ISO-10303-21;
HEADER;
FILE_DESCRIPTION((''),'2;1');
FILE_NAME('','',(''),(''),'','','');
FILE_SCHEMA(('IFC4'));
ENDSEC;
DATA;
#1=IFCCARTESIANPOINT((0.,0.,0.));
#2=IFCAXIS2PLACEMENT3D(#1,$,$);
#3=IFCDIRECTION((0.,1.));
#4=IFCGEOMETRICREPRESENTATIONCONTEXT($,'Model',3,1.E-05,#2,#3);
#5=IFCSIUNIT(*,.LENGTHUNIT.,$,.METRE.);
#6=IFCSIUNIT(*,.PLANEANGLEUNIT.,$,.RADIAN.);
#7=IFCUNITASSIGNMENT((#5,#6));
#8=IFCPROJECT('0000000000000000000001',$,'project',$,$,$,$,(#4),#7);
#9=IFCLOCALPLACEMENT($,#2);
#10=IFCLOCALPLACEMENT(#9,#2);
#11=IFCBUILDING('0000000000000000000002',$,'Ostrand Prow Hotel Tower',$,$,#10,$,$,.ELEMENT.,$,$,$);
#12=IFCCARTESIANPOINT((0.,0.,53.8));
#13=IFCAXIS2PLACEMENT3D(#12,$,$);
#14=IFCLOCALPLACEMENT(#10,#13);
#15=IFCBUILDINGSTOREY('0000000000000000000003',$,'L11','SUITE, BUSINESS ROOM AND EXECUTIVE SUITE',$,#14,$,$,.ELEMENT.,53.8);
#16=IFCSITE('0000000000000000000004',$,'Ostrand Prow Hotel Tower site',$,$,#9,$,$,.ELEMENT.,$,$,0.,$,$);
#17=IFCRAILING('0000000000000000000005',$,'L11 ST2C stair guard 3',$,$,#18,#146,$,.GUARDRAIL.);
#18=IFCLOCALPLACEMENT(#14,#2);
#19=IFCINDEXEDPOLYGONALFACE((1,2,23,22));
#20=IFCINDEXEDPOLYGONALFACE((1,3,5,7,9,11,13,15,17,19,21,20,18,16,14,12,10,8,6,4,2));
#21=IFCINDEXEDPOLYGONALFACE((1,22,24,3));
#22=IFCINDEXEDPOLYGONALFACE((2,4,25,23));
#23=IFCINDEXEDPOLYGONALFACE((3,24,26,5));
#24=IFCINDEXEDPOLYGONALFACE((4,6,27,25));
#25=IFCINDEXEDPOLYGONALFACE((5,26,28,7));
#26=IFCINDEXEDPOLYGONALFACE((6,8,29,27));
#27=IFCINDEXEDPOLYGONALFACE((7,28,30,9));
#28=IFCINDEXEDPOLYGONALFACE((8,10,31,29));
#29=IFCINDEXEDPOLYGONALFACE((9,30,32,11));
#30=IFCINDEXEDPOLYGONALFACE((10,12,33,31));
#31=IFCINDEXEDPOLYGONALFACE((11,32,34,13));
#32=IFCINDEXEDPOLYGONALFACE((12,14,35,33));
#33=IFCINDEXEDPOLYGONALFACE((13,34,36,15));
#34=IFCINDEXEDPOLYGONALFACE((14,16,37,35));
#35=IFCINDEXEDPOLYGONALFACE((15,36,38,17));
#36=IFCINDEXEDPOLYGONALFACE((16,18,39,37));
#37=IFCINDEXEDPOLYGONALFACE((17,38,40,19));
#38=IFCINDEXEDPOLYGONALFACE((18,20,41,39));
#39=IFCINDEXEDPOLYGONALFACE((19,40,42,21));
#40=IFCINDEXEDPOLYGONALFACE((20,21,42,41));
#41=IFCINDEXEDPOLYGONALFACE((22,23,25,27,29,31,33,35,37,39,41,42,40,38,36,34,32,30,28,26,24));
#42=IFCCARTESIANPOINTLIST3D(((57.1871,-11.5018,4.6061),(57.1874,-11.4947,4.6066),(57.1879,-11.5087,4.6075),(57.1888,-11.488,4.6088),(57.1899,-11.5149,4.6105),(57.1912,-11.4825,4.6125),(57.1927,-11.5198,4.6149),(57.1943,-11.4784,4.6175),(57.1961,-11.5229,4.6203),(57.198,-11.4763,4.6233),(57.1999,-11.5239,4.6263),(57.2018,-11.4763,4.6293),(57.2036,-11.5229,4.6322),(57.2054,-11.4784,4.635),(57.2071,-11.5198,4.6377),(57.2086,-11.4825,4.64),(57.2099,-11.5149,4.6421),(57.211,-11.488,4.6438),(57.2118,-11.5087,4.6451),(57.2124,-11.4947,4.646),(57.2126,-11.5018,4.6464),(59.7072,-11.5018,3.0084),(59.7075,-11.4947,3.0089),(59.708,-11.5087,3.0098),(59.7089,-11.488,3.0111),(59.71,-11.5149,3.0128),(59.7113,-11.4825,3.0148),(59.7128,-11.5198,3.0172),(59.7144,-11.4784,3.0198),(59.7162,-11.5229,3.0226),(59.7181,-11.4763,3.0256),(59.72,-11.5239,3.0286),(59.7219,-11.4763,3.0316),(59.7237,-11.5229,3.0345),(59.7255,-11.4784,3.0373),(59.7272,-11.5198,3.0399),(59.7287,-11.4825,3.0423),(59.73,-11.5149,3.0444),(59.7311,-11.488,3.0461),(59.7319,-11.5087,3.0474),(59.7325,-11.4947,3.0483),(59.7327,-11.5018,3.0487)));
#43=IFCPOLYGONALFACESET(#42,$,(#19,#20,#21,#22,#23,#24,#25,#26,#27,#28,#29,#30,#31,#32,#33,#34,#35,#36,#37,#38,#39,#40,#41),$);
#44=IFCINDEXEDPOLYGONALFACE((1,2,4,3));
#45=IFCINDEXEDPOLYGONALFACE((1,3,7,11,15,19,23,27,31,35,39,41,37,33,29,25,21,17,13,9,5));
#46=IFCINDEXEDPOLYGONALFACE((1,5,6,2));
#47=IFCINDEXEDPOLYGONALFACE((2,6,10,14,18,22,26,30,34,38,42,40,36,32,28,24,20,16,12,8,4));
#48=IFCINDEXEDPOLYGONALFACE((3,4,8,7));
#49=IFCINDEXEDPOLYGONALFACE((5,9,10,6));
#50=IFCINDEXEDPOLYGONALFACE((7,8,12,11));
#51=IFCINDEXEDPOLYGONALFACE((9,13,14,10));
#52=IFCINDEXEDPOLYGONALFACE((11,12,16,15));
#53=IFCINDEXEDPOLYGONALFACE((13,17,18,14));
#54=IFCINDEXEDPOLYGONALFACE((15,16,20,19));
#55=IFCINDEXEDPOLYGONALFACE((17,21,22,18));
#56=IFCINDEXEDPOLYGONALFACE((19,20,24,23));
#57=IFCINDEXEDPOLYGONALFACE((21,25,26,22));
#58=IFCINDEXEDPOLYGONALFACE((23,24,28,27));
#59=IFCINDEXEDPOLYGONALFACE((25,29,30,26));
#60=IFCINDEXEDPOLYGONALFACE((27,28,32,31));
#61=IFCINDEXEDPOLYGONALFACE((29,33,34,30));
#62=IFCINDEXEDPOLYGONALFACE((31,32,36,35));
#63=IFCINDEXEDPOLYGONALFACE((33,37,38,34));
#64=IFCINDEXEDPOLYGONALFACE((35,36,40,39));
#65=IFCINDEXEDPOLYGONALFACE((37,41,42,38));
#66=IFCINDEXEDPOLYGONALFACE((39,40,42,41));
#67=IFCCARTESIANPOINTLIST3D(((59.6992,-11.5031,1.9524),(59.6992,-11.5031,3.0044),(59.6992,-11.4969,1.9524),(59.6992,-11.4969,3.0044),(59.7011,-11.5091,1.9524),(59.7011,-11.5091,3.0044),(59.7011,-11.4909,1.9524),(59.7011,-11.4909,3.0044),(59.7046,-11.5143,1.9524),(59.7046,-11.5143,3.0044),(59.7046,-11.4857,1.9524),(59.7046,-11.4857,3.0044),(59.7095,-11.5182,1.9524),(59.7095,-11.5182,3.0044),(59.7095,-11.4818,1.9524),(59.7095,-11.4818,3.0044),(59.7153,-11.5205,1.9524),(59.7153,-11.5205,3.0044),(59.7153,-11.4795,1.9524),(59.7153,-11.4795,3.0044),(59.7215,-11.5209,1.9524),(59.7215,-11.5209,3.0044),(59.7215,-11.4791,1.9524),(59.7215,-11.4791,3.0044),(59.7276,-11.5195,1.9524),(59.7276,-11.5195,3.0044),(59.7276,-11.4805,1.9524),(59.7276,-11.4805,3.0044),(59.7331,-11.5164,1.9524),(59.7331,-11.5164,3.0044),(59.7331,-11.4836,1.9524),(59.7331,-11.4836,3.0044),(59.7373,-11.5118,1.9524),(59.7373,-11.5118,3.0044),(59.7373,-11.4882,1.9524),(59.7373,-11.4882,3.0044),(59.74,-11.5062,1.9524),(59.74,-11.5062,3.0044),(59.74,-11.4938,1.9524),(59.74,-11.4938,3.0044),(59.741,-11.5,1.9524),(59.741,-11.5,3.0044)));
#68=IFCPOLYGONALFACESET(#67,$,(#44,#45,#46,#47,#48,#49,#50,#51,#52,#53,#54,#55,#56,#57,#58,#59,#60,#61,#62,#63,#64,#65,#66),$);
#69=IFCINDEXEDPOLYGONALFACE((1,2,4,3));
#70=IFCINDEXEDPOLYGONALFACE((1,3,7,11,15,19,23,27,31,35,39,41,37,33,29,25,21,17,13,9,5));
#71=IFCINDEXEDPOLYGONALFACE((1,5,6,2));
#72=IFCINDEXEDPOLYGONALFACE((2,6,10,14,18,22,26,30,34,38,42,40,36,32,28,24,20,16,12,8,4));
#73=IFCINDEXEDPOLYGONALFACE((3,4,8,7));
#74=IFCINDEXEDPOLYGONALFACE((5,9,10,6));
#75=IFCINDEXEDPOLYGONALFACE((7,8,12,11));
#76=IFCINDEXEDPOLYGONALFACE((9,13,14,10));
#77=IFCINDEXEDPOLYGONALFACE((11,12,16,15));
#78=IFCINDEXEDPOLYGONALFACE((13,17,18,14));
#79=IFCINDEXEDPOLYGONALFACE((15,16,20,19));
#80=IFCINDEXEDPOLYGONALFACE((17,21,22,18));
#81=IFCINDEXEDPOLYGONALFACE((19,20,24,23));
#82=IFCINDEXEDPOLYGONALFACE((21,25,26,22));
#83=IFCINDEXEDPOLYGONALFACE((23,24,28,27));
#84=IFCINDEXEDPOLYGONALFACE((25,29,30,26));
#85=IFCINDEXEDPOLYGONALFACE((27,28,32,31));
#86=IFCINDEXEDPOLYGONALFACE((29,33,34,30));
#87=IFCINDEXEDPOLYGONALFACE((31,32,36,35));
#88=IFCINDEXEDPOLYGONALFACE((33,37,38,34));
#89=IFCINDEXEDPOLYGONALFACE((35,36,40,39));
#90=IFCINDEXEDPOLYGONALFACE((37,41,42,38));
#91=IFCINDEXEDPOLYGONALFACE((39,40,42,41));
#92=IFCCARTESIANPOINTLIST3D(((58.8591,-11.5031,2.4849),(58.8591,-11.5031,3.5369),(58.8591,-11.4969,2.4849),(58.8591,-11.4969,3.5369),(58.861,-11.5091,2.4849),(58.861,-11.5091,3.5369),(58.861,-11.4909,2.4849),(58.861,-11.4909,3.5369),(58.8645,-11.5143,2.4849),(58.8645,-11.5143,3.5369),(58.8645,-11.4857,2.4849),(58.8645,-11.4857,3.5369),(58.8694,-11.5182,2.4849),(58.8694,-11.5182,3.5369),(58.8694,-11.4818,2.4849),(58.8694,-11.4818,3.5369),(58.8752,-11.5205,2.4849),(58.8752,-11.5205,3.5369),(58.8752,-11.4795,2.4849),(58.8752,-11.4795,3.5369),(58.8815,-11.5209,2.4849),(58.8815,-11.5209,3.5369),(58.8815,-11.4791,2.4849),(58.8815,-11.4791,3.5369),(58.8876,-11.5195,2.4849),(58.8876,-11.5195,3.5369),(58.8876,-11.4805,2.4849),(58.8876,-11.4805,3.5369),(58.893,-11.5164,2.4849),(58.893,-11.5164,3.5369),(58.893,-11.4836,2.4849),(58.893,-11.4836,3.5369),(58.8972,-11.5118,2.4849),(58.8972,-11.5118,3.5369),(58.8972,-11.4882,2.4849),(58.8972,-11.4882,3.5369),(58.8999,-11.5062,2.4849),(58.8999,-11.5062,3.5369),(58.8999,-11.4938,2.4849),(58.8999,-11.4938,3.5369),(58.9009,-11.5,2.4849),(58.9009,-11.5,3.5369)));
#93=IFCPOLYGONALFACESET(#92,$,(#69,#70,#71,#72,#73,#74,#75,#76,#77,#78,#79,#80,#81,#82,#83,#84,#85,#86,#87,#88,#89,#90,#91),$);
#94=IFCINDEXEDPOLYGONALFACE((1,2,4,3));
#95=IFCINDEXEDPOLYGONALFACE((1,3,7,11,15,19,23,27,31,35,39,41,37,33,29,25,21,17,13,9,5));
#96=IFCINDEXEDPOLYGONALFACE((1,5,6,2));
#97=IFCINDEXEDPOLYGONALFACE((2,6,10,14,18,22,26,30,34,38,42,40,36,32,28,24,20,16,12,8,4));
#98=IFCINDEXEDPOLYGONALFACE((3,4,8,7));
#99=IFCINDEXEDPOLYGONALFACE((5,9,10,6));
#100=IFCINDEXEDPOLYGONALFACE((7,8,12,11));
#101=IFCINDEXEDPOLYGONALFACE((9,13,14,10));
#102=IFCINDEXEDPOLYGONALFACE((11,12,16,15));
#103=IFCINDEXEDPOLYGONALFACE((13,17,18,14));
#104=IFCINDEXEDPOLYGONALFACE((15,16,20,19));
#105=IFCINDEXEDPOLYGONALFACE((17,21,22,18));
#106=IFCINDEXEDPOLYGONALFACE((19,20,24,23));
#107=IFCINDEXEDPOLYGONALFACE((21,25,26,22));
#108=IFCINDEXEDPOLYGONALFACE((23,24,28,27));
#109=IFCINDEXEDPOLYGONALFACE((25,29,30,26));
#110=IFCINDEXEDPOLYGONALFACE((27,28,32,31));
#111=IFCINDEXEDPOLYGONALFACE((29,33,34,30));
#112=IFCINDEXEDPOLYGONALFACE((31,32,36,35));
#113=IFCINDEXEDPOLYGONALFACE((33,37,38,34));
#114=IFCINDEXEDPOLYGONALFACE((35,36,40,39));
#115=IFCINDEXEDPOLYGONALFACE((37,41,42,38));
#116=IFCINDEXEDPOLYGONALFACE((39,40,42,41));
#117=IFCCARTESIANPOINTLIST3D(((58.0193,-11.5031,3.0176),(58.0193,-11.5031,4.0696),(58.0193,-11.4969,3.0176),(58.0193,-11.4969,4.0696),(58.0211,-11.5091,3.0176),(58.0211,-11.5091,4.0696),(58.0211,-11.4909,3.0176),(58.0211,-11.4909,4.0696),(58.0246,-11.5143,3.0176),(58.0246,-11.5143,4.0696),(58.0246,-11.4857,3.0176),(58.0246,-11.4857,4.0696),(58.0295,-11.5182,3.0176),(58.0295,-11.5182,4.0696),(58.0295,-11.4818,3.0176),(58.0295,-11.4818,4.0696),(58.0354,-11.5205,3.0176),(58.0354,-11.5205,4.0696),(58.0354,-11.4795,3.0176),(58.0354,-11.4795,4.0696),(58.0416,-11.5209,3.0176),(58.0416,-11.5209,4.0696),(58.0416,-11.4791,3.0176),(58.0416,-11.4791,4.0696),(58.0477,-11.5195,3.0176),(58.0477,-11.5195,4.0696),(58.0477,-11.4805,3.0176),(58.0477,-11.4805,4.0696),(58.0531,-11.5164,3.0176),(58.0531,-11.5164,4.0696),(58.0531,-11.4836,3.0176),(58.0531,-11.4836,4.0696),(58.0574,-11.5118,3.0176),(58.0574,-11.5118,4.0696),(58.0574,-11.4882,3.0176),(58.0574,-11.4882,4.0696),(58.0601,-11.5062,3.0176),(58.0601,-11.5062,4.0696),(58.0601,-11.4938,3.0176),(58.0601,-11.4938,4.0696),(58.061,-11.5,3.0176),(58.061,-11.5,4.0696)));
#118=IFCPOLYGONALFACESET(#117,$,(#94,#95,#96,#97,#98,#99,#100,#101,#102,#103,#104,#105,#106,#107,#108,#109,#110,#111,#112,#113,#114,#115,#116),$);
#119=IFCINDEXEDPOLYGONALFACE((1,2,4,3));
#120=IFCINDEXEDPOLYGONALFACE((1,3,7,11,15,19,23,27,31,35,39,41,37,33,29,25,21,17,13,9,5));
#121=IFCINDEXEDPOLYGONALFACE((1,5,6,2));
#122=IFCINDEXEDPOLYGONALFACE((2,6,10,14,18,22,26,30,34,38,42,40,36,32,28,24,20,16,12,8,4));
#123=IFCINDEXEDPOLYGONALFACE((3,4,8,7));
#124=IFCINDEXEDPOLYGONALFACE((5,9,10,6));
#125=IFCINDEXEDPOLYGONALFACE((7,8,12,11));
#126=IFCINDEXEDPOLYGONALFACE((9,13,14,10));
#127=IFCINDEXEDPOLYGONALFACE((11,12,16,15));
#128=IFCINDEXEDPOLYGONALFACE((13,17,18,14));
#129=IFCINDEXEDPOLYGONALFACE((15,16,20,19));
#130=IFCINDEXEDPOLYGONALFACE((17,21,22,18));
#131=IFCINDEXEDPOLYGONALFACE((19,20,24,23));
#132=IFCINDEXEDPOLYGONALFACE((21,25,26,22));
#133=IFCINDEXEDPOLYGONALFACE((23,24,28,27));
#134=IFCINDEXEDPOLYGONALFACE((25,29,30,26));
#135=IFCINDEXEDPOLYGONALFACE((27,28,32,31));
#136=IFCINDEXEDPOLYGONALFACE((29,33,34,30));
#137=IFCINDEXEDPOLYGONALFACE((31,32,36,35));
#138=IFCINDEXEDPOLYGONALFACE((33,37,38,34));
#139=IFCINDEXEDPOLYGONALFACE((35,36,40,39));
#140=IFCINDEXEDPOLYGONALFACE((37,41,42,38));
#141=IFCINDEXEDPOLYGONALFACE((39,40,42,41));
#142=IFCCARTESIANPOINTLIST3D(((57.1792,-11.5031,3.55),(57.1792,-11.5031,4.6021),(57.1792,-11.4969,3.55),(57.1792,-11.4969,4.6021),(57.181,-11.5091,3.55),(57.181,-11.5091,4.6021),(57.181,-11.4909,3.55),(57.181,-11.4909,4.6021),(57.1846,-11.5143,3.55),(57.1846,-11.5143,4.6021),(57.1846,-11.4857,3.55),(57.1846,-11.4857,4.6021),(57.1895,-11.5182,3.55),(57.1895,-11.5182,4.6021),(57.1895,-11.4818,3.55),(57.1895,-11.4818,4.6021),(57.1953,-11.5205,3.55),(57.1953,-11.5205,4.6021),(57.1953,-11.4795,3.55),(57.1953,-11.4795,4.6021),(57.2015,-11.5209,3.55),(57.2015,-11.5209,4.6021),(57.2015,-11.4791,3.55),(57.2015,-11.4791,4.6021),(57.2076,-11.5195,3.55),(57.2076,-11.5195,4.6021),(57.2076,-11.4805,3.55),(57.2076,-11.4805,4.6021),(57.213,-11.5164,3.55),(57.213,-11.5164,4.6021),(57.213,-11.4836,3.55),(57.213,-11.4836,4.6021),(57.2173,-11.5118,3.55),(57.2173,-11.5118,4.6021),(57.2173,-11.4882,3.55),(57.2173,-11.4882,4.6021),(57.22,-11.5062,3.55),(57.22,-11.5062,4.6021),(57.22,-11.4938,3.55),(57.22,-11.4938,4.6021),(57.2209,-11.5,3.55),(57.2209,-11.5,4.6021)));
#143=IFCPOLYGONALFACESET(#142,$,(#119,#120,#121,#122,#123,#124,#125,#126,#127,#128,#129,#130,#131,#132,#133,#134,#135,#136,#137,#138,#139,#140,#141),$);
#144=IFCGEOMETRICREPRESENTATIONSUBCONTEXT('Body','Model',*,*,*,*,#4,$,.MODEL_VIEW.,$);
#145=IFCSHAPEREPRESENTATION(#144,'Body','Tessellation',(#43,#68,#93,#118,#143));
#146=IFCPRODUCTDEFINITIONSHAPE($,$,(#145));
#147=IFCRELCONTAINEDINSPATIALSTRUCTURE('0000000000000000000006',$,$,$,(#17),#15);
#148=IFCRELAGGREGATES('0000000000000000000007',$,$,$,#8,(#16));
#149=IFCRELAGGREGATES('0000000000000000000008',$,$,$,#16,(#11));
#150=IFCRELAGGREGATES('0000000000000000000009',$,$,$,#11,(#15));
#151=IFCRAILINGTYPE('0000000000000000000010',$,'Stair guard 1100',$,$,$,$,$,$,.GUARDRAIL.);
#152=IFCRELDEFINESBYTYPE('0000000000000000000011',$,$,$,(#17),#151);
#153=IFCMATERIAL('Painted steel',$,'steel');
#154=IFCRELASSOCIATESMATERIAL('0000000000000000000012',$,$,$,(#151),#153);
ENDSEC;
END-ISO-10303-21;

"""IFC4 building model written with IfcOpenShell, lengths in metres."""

from ifc_helpers import new_model, si_unit, direction, frame, origin, origin_2d, place, context, subcontext, project, spatial, circle, extrude, material, type_object, element, save


model = new_model("IFC4")

# Units and contexts
model_context = context("Model", 3, precision=1e-05, world=origin(), true_north=direction((0.0, 1.0)))
body_context = subcontext(model_context, "Body", "Model", "MODEL_VIEW")
ifc_project = project(units=[si_unit("LENGTHUNIT", "METRE"), si_unit("PLANEANGLEUNIT", "RADIAN")], contexts=[model_context])

# Site, building, storey
site_placement = place(None, origin())
site = spatial("IfcSite", under=ifc_project, at=site_placement, Name="Ostrand Prow Hotel Tower site", CompositionType="ELEMENT", RefElevation=0.0)
building_placement = place(site_placement, origin())
building = spatial("IfcBuilding", under=site, at=building_placement, Name="Ostrand Prow Hotel Tower", CompositionType="ELEMENT")
storey_placement = place(building_placement, frame((0.0, 0.0, 53.8)))
storey = spatial("IfcBuildingStorey", under=building, at=storey_placement, Name="L11", Description="SUITE, BUSINESS ROOM AND EXECUTIVE SUITE", CompositionType="ELEMENT", Elevation=53.8)

# Railing
ifc_material_1 = material(Name="Painted steel", Category="steel")
railing_type_1 = type_object("IfcRailingType", Name="Stair guard 1100", PredefinedType="GUARDRAIL", material=ifc_material_1)
railing_1_placement = place(storey_placement, frame((59.72, -11.5, 1.9524)))
element("IfcRailing", 1, at=railing_1_placement, inside=storey, type_object=railing_type_1, Name="L11 ST2C stair guard 3", PredefinedType="GUARDRAIL", context=body_context, shape_type="SweptSolid", body=[
    extrude(circle(Radius=0.0239, at=origin_2d()), frame((0.0, 0.0, 1.0762), z_axis=(-0.84457, 0.0, 0.535445), x_axis=(0.0, -1.0, 0.0)), (0.0, 0.0, 1.0), 2.9839),
    extrude(circle(Radius=0.021, at=origin_2d()), origin(), (0.0, 0.0, 1.0), 1.052),
    extrude(circle(Radius=0.021, at=origin_2d()), frame((-0.8401, 0.0, 0.5325)), (0.0, 0.0, 1.0), 1.052),
    extrude(circle(Radius=0.021, at=origin_2d()), frame((-1.6799, 0.0, 1.0652)), (0.0, 0.0, 1.0), 1.052),
    extrude(circle(Radius=0.021, at=origin_2d()), frame((-2.52, 0.0, 1.5977)), (0.0, 0.0, 1.0), 1.052),
])

save(model, "model.ifc")
